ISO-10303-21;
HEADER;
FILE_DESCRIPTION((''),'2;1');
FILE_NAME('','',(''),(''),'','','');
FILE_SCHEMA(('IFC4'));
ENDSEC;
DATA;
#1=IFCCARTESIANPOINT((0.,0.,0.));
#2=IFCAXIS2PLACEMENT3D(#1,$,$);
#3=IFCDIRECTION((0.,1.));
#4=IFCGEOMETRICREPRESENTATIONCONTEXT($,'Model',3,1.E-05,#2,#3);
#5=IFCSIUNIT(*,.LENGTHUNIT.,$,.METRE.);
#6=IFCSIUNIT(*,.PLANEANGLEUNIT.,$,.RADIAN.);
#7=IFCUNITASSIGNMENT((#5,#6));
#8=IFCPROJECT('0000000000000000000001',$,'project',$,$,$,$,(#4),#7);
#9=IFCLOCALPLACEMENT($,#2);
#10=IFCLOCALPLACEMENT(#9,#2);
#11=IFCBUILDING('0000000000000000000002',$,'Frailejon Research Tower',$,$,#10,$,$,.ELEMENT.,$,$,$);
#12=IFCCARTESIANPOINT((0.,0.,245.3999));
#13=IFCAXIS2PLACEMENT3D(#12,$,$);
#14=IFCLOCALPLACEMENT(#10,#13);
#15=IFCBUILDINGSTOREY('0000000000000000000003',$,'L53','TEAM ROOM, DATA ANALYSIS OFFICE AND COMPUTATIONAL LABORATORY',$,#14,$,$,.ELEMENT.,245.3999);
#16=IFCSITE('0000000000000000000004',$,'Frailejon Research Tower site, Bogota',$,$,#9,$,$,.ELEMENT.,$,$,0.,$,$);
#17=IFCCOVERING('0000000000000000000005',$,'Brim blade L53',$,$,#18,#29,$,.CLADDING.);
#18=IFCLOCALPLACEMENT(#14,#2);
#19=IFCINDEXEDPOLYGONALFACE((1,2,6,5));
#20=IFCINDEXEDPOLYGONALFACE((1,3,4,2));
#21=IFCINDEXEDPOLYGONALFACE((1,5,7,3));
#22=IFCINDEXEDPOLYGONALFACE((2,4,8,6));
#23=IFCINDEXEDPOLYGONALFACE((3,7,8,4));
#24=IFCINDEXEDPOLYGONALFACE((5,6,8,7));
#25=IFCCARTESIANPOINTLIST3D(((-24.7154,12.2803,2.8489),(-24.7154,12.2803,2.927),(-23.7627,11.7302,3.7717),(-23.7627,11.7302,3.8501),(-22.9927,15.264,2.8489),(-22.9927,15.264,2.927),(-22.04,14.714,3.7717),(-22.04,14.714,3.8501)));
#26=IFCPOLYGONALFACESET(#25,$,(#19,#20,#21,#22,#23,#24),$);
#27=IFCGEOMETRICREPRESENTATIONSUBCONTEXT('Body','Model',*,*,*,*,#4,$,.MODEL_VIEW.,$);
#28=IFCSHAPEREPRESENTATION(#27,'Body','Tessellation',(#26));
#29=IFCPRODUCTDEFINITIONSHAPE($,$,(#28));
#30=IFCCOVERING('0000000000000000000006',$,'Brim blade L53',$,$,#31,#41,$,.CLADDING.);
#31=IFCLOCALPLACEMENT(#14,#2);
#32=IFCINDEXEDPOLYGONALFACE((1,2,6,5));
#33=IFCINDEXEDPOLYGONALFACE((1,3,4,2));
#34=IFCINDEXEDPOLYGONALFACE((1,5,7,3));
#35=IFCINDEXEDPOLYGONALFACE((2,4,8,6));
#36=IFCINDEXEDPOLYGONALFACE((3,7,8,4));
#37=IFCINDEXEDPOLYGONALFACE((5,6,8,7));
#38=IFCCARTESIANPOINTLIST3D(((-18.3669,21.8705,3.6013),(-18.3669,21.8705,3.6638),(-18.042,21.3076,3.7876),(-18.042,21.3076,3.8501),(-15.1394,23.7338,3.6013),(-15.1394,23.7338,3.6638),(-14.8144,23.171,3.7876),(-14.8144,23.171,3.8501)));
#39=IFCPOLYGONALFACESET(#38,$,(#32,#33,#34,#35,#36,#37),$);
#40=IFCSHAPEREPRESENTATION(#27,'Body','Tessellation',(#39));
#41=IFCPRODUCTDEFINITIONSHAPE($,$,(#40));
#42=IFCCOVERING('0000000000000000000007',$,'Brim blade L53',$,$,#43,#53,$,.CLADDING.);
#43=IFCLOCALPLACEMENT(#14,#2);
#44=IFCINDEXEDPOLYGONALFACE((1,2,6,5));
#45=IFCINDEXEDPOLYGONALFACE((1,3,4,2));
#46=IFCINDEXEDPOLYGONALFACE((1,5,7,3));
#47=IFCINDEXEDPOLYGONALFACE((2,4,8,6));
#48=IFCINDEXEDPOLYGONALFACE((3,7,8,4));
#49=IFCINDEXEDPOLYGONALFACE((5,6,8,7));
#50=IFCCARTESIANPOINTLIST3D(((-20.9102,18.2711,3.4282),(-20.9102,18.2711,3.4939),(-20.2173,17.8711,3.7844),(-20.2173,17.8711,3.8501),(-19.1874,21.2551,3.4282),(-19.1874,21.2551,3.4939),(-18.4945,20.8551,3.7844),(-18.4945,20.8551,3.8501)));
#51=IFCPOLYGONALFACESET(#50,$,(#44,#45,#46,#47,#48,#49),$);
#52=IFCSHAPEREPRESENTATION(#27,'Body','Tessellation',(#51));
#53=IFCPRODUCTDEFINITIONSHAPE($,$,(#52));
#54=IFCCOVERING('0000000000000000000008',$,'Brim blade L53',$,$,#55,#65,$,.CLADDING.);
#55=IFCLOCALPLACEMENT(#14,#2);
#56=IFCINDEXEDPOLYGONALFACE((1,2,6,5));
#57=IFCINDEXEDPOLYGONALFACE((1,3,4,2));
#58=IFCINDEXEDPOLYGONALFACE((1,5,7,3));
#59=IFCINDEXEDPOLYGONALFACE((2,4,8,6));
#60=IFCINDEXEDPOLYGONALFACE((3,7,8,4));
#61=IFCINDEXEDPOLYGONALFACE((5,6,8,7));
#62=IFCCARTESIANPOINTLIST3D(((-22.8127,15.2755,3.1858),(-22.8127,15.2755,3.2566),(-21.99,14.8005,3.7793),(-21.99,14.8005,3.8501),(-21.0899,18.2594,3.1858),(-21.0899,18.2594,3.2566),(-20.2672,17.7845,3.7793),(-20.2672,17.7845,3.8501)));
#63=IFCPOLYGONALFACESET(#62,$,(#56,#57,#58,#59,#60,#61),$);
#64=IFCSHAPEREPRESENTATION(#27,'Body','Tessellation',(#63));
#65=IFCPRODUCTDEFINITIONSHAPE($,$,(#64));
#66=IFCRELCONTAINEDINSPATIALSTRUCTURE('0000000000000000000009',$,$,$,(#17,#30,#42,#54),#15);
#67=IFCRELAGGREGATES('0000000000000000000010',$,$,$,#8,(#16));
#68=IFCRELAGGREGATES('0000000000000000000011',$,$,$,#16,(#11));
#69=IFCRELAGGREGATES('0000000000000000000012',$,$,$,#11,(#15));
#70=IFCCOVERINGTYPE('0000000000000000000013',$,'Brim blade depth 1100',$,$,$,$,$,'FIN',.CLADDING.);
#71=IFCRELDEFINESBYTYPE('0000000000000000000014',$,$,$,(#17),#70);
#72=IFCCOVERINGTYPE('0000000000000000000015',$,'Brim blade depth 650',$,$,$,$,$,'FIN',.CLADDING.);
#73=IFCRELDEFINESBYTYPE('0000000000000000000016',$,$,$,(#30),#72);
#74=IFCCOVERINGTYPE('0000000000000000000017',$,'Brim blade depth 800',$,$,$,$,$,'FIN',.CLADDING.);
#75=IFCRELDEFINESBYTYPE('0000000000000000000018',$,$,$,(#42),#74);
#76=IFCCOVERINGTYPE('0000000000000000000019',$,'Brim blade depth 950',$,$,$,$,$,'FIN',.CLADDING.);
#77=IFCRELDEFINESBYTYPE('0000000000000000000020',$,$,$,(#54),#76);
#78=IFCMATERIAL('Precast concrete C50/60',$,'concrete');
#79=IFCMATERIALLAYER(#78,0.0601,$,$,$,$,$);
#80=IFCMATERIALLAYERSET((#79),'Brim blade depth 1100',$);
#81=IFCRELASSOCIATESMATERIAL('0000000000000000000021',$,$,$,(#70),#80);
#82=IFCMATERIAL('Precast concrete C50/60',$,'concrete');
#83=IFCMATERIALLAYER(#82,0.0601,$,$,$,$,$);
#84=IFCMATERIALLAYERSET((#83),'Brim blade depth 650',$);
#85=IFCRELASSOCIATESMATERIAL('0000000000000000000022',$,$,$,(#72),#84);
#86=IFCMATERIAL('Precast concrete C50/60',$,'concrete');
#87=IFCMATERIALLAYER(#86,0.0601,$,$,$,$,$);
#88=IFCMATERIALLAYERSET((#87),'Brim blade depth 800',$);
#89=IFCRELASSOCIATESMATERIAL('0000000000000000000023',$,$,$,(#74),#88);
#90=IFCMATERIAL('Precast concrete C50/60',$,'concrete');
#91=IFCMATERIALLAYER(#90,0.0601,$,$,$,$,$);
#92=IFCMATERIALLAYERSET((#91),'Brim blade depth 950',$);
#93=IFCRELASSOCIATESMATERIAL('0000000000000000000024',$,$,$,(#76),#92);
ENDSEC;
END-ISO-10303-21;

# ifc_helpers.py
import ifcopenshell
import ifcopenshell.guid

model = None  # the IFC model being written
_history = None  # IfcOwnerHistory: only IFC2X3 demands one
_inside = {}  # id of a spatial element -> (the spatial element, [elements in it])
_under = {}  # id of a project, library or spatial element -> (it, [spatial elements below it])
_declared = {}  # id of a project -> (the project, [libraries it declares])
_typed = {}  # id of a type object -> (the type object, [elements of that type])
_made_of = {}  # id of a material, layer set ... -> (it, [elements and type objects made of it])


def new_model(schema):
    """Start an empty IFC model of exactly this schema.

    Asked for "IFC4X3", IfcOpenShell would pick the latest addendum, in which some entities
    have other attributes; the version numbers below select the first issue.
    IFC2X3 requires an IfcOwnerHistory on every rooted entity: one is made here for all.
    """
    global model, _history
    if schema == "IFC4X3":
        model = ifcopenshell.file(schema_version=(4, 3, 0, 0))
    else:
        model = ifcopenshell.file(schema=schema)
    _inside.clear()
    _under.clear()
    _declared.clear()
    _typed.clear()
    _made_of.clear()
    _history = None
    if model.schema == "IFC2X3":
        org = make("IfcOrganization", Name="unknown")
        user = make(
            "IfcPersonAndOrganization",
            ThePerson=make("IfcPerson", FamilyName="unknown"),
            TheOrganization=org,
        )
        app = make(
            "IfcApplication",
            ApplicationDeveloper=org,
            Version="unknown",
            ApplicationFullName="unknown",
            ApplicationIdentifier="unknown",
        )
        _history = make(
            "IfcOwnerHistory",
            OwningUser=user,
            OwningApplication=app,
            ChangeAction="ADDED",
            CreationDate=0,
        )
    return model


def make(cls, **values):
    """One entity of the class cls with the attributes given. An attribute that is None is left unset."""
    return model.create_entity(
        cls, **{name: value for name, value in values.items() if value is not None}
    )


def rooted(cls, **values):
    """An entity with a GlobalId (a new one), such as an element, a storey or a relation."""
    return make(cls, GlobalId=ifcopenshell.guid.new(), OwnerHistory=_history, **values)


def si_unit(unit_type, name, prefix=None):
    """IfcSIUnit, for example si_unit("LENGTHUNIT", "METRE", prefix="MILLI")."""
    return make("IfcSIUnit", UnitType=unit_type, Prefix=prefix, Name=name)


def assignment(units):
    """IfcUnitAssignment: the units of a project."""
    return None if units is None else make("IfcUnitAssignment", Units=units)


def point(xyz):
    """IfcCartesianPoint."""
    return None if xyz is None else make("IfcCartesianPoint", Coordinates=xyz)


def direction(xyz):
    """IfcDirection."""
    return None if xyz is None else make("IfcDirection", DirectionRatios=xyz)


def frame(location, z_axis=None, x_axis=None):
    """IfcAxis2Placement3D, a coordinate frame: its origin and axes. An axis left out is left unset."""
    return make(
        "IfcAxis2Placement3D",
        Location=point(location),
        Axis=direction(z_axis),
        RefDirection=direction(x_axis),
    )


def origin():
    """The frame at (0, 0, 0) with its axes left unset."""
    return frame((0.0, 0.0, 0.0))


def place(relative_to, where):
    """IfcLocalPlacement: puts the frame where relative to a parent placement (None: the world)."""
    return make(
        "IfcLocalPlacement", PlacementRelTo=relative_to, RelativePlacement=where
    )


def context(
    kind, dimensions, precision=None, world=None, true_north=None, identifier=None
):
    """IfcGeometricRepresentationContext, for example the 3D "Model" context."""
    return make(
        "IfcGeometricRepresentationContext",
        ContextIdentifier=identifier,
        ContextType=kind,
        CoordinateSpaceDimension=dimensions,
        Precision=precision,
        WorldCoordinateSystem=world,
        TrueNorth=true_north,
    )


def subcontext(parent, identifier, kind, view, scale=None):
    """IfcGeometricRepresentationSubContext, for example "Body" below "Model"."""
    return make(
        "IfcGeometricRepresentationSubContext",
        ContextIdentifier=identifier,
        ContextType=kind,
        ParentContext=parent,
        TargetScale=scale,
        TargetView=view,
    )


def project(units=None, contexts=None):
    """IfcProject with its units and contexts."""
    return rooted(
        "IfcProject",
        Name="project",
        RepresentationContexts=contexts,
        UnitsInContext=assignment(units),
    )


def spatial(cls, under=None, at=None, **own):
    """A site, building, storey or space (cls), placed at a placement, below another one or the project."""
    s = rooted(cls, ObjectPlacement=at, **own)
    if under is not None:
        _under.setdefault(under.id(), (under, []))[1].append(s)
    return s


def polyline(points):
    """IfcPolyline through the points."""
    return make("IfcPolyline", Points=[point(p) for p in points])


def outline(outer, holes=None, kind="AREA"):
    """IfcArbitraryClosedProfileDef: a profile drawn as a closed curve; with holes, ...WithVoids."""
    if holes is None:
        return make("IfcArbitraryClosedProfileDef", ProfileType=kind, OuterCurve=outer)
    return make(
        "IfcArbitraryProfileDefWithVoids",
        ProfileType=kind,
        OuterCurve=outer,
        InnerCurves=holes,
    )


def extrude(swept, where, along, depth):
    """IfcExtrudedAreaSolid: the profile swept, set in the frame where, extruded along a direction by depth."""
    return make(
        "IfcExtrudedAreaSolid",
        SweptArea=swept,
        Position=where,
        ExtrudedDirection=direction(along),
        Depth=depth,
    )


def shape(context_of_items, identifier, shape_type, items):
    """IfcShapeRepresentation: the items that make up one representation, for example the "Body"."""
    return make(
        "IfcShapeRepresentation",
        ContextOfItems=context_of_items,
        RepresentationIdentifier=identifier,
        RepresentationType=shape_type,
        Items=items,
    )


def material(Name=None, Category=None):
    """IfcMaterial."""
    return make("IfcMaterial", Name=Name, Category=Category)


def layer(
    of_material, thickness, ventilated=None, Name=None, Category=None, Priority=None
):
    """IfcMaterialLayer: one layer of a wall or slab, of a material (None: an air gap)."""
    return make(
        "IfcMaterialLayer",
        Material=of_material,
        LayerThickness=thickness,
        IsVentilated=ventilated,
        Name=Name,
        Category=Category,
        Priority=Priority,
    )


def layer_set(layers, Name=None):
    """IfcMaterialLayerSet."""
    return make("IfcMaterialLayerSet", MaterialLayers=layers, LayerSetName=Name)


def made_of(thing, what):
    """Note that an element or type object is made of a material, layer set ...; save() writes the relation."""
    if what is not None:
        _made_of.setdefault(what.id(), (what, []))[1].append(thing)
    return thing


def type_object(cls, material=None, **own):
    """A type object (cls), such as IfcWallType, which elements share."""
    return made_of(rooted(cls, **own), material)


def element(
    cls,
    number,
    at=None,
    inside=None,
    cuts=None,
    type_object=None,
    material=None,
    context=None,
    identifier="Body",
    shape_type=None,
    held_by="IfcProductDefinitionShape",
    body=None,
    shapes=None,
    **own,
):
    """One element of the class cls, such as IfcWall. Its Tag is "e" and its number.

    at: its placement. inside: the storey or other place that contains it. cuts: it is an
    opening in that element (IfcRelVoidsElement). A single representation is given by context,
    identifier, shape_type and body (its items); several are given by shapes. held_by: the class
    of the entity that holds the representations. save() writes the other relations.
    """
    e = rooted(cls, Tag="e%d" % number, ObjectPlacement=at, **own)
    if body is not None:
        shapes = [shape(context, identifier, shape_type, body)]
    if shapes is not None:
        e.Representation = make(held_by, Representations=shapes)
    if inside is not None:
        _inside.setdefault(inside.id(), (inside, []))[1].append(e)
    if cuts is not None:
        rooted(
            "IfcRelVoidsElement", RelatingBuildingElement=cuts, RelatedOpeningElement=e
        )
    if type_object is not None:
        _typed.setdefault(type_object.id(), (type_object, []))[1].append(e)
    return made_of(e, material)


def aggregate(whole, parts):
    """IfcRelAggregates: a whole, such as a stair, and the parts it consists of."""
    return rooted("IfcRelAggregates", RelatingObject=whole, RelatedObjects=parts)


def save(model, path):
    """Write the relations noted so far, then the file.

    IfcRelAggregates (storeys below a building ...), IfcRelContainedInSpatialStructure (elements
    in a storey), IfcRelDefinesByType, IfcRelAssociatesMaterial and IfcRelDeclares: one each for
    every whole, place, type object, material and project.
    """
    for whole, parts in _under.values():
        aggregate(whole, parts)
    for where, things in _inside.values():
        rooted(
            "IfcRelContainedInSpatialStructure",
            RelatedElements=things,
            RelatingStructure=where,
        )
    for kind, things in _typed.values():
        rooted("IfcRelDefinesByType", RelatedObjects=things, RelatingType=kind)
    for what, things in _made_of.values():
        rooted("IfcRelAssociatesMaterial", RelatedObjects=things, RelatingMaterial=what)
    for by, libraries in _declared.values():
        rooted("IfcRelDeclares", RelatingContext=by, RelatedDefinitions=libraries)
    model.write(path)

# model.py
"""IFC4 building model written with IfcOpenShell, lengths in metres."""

from ifc_helpers import new_model, si_unit, direction, frame, origin, place, context, subcontext, project, spatial, polyline, outline, extrude, material, layer, layer_set, type_object, element, save


model = new_model("IFC4")

# Units and contexts
model_context = context("Model", 3, precision=1e-05, world=origin(), true_north=direction((0.0, 1.0)))
body_context = subcontext(model_context, "Body", "Model", "MODEL_VIEW")
ifc_project = project(units=[si_unit("LENGTHUNIT", "METRE"), si_unit("PLANEANGLEUNIT", "RADIAN")], contexts=[model_context])

# Site, building, storey
site_placement = place(None, origin())
site = spatial("IfcSite", under=ifc_project, at=site_placement, Name="Frailejon Research Tower site, Bogota", CompositionType="ELEMENT", RefElevation=0.0)
building_placement = place(site_placement, origin())
building = spatial("IfcBuilding", under=site, at=building_placement, Name="Frailejon Research Tower", CompositionType="ELEMENT")
storey_placement = place(building_placement, frame((0.0, 0.0, 245.3999)))
storey = spatial("IfcBuildingStorey", under=building, at=storey_placement, Name="L53", Description="TEAM ROOM, DATA ANALYSIS OFFICE AND COMPUTATIONAL LABORATORY", CompositionType="ELEMENT", Elevation=245.3999)

# Coverings
ifc_material_1 = material(Name="Precast concrete C50/60", Category="concrete")
ifc_layer_1 = layer(ifc_material_1, 0.0601)
ifc_layer_set_1 = layer_set([ifc_layer_1], Name="Brim blade depth 1100")
covering_type_1 = type_object("IfcCoveringType", Name="Brim blade depth 1100", ElementType="FIN", PredefinedType="CLADDING", material=ifc_layer_set_1)
covering_1_placement = place(storey_placement, frame((-23.7627, 11.7302, 3.8501), z_axis=(0.500001, 0.866025, 0.0), x_axis=(-0.866025, 0.500001, 0.0)))
element("IfcCovering", 1, at=covering_1_placement, inside=storey, type_object=covering_type_1, Name="Brim blade L53", PredefinedType="CLADDING", context=body_context, shape_type="SweptSolid", body=[
    extrude(outline(polyline([(0.0, -0.0784), (1.1001, -1.0012), (1.1001, -0.9231), (0.0, 0.0), (0.0, -0.0784)])), origin(), (0.0, 0.0, 1.0), 3.4453),
])
ifc_material_2 = material(Name="Precast concrete C50/60", Category="concrete")
ifc_layer_2 = layer(ifc_material_2, 0.0601)
ifc_layer_set_2 = layer_set([ifc_layer_2], Name="Brim blade depth 650")
covering_type_2 = type_object("IfcCoveringType", Name="Brim blade depth 650", ElementType="FIN", PredefinedType="CLADDING", material=ifc_layer_set_2)
covering_2_placement = place(storey_placement, frame((-18.042, 21.3076, 3.8501), z_axis=(0.866036, 0.499981, 0.0), x_axis=(-0.499981, 0.866036, 0.0)))
element("IfcCovering", 2, at=covering_2_placement, inside=storey, type_object=covering_type_2, Name="Brim blade L53", PredefinedType="CLADDING", context=body_context, shape_type="SweptSolid", body=[
    extrude(outline(polyline([(0.0, -0.0625), (0.6499, -0.2488), (0.6499, -0.1863), (0.0, 0.0), (0.0, -0.0625)])), origin(), (0.0, 0.0, 1.0), 3.7268),
])
ifc_material_3 = material(Name="Precast concrete C50/60", Category="concrete")
ifc_layer_3 = layer(ifc_material_3, 0.0601)
ifc_layer_set_3 = layer_set([ifc_layer_3], Name="Brim blade depth 800")
covering_type_3 = type_object("IfcCoveringType", Name="Brim blade depth 800", ElementType="FIN", PredefinedType="CLADDING", material=ifc_layer_set_3)
covering_3_placement = place(storey_placement, frame((-20.2173, 17.8711, 3.8501), z_axis=(0.499989, 0.866032, 0.0), x_axis=(-0.866032, 0.499989, 0.0)))
element("IfcCovering", 3, at=covering_3_placement, inside=storey, type_object=covering_type_3, Name="Brim blade L53", PredefinedType="CLADDING", context=body_context, shape_type="SweptSolid", body=[
    extrude(outline(polyline([(0.0, -0.0657), (0.8, -0.4219), (0.8, -0.3562), (0.0, 0.0), (0.0, -0.0657)])), origin(), (0.0, 0.0, 1.0), 3.4456),
])
ifc_material_4 = material(Name="Precast concrete C50/60", Category="concrete")
ifc_layer_4 = layer(ifc_material_4, 0.0601)
ifc_layer_set_4 = layer_set([ifc_layer_4], Name="Brim blade depth 950")
covering_type_4 = type_object("IfcCoveringType", Name="Brim blade depth 950", ElementType="FIN", PredefinedType="CLADDING", material=ifc_layer_set_4)
covering_4_placement = place(storey_placement, frame((-21.99, 14.8005, 3.8501), z_axis=(0.50001, 0.86602, 0.0), x_axis=(-0.86602, 0.50001, 0.0)))
element("IfcCovering", 4, at=covering_4_placement, inside=storey, type_object=covering_type_4, Name="Brim blade L53", PredefinedType="CLADDING", context=body_context, shape_type="SweptSolid", body=[
    extrude(outline(polyline([(0.0, -0.0708), (0.95, -0.6643), (0.95, -0.5935), (0.0, 0.0), (0.0, -0.0708)])), origin(), (0.0, 0.0, 1.0), 3.4456),
])

save(model, "model.ifc")
